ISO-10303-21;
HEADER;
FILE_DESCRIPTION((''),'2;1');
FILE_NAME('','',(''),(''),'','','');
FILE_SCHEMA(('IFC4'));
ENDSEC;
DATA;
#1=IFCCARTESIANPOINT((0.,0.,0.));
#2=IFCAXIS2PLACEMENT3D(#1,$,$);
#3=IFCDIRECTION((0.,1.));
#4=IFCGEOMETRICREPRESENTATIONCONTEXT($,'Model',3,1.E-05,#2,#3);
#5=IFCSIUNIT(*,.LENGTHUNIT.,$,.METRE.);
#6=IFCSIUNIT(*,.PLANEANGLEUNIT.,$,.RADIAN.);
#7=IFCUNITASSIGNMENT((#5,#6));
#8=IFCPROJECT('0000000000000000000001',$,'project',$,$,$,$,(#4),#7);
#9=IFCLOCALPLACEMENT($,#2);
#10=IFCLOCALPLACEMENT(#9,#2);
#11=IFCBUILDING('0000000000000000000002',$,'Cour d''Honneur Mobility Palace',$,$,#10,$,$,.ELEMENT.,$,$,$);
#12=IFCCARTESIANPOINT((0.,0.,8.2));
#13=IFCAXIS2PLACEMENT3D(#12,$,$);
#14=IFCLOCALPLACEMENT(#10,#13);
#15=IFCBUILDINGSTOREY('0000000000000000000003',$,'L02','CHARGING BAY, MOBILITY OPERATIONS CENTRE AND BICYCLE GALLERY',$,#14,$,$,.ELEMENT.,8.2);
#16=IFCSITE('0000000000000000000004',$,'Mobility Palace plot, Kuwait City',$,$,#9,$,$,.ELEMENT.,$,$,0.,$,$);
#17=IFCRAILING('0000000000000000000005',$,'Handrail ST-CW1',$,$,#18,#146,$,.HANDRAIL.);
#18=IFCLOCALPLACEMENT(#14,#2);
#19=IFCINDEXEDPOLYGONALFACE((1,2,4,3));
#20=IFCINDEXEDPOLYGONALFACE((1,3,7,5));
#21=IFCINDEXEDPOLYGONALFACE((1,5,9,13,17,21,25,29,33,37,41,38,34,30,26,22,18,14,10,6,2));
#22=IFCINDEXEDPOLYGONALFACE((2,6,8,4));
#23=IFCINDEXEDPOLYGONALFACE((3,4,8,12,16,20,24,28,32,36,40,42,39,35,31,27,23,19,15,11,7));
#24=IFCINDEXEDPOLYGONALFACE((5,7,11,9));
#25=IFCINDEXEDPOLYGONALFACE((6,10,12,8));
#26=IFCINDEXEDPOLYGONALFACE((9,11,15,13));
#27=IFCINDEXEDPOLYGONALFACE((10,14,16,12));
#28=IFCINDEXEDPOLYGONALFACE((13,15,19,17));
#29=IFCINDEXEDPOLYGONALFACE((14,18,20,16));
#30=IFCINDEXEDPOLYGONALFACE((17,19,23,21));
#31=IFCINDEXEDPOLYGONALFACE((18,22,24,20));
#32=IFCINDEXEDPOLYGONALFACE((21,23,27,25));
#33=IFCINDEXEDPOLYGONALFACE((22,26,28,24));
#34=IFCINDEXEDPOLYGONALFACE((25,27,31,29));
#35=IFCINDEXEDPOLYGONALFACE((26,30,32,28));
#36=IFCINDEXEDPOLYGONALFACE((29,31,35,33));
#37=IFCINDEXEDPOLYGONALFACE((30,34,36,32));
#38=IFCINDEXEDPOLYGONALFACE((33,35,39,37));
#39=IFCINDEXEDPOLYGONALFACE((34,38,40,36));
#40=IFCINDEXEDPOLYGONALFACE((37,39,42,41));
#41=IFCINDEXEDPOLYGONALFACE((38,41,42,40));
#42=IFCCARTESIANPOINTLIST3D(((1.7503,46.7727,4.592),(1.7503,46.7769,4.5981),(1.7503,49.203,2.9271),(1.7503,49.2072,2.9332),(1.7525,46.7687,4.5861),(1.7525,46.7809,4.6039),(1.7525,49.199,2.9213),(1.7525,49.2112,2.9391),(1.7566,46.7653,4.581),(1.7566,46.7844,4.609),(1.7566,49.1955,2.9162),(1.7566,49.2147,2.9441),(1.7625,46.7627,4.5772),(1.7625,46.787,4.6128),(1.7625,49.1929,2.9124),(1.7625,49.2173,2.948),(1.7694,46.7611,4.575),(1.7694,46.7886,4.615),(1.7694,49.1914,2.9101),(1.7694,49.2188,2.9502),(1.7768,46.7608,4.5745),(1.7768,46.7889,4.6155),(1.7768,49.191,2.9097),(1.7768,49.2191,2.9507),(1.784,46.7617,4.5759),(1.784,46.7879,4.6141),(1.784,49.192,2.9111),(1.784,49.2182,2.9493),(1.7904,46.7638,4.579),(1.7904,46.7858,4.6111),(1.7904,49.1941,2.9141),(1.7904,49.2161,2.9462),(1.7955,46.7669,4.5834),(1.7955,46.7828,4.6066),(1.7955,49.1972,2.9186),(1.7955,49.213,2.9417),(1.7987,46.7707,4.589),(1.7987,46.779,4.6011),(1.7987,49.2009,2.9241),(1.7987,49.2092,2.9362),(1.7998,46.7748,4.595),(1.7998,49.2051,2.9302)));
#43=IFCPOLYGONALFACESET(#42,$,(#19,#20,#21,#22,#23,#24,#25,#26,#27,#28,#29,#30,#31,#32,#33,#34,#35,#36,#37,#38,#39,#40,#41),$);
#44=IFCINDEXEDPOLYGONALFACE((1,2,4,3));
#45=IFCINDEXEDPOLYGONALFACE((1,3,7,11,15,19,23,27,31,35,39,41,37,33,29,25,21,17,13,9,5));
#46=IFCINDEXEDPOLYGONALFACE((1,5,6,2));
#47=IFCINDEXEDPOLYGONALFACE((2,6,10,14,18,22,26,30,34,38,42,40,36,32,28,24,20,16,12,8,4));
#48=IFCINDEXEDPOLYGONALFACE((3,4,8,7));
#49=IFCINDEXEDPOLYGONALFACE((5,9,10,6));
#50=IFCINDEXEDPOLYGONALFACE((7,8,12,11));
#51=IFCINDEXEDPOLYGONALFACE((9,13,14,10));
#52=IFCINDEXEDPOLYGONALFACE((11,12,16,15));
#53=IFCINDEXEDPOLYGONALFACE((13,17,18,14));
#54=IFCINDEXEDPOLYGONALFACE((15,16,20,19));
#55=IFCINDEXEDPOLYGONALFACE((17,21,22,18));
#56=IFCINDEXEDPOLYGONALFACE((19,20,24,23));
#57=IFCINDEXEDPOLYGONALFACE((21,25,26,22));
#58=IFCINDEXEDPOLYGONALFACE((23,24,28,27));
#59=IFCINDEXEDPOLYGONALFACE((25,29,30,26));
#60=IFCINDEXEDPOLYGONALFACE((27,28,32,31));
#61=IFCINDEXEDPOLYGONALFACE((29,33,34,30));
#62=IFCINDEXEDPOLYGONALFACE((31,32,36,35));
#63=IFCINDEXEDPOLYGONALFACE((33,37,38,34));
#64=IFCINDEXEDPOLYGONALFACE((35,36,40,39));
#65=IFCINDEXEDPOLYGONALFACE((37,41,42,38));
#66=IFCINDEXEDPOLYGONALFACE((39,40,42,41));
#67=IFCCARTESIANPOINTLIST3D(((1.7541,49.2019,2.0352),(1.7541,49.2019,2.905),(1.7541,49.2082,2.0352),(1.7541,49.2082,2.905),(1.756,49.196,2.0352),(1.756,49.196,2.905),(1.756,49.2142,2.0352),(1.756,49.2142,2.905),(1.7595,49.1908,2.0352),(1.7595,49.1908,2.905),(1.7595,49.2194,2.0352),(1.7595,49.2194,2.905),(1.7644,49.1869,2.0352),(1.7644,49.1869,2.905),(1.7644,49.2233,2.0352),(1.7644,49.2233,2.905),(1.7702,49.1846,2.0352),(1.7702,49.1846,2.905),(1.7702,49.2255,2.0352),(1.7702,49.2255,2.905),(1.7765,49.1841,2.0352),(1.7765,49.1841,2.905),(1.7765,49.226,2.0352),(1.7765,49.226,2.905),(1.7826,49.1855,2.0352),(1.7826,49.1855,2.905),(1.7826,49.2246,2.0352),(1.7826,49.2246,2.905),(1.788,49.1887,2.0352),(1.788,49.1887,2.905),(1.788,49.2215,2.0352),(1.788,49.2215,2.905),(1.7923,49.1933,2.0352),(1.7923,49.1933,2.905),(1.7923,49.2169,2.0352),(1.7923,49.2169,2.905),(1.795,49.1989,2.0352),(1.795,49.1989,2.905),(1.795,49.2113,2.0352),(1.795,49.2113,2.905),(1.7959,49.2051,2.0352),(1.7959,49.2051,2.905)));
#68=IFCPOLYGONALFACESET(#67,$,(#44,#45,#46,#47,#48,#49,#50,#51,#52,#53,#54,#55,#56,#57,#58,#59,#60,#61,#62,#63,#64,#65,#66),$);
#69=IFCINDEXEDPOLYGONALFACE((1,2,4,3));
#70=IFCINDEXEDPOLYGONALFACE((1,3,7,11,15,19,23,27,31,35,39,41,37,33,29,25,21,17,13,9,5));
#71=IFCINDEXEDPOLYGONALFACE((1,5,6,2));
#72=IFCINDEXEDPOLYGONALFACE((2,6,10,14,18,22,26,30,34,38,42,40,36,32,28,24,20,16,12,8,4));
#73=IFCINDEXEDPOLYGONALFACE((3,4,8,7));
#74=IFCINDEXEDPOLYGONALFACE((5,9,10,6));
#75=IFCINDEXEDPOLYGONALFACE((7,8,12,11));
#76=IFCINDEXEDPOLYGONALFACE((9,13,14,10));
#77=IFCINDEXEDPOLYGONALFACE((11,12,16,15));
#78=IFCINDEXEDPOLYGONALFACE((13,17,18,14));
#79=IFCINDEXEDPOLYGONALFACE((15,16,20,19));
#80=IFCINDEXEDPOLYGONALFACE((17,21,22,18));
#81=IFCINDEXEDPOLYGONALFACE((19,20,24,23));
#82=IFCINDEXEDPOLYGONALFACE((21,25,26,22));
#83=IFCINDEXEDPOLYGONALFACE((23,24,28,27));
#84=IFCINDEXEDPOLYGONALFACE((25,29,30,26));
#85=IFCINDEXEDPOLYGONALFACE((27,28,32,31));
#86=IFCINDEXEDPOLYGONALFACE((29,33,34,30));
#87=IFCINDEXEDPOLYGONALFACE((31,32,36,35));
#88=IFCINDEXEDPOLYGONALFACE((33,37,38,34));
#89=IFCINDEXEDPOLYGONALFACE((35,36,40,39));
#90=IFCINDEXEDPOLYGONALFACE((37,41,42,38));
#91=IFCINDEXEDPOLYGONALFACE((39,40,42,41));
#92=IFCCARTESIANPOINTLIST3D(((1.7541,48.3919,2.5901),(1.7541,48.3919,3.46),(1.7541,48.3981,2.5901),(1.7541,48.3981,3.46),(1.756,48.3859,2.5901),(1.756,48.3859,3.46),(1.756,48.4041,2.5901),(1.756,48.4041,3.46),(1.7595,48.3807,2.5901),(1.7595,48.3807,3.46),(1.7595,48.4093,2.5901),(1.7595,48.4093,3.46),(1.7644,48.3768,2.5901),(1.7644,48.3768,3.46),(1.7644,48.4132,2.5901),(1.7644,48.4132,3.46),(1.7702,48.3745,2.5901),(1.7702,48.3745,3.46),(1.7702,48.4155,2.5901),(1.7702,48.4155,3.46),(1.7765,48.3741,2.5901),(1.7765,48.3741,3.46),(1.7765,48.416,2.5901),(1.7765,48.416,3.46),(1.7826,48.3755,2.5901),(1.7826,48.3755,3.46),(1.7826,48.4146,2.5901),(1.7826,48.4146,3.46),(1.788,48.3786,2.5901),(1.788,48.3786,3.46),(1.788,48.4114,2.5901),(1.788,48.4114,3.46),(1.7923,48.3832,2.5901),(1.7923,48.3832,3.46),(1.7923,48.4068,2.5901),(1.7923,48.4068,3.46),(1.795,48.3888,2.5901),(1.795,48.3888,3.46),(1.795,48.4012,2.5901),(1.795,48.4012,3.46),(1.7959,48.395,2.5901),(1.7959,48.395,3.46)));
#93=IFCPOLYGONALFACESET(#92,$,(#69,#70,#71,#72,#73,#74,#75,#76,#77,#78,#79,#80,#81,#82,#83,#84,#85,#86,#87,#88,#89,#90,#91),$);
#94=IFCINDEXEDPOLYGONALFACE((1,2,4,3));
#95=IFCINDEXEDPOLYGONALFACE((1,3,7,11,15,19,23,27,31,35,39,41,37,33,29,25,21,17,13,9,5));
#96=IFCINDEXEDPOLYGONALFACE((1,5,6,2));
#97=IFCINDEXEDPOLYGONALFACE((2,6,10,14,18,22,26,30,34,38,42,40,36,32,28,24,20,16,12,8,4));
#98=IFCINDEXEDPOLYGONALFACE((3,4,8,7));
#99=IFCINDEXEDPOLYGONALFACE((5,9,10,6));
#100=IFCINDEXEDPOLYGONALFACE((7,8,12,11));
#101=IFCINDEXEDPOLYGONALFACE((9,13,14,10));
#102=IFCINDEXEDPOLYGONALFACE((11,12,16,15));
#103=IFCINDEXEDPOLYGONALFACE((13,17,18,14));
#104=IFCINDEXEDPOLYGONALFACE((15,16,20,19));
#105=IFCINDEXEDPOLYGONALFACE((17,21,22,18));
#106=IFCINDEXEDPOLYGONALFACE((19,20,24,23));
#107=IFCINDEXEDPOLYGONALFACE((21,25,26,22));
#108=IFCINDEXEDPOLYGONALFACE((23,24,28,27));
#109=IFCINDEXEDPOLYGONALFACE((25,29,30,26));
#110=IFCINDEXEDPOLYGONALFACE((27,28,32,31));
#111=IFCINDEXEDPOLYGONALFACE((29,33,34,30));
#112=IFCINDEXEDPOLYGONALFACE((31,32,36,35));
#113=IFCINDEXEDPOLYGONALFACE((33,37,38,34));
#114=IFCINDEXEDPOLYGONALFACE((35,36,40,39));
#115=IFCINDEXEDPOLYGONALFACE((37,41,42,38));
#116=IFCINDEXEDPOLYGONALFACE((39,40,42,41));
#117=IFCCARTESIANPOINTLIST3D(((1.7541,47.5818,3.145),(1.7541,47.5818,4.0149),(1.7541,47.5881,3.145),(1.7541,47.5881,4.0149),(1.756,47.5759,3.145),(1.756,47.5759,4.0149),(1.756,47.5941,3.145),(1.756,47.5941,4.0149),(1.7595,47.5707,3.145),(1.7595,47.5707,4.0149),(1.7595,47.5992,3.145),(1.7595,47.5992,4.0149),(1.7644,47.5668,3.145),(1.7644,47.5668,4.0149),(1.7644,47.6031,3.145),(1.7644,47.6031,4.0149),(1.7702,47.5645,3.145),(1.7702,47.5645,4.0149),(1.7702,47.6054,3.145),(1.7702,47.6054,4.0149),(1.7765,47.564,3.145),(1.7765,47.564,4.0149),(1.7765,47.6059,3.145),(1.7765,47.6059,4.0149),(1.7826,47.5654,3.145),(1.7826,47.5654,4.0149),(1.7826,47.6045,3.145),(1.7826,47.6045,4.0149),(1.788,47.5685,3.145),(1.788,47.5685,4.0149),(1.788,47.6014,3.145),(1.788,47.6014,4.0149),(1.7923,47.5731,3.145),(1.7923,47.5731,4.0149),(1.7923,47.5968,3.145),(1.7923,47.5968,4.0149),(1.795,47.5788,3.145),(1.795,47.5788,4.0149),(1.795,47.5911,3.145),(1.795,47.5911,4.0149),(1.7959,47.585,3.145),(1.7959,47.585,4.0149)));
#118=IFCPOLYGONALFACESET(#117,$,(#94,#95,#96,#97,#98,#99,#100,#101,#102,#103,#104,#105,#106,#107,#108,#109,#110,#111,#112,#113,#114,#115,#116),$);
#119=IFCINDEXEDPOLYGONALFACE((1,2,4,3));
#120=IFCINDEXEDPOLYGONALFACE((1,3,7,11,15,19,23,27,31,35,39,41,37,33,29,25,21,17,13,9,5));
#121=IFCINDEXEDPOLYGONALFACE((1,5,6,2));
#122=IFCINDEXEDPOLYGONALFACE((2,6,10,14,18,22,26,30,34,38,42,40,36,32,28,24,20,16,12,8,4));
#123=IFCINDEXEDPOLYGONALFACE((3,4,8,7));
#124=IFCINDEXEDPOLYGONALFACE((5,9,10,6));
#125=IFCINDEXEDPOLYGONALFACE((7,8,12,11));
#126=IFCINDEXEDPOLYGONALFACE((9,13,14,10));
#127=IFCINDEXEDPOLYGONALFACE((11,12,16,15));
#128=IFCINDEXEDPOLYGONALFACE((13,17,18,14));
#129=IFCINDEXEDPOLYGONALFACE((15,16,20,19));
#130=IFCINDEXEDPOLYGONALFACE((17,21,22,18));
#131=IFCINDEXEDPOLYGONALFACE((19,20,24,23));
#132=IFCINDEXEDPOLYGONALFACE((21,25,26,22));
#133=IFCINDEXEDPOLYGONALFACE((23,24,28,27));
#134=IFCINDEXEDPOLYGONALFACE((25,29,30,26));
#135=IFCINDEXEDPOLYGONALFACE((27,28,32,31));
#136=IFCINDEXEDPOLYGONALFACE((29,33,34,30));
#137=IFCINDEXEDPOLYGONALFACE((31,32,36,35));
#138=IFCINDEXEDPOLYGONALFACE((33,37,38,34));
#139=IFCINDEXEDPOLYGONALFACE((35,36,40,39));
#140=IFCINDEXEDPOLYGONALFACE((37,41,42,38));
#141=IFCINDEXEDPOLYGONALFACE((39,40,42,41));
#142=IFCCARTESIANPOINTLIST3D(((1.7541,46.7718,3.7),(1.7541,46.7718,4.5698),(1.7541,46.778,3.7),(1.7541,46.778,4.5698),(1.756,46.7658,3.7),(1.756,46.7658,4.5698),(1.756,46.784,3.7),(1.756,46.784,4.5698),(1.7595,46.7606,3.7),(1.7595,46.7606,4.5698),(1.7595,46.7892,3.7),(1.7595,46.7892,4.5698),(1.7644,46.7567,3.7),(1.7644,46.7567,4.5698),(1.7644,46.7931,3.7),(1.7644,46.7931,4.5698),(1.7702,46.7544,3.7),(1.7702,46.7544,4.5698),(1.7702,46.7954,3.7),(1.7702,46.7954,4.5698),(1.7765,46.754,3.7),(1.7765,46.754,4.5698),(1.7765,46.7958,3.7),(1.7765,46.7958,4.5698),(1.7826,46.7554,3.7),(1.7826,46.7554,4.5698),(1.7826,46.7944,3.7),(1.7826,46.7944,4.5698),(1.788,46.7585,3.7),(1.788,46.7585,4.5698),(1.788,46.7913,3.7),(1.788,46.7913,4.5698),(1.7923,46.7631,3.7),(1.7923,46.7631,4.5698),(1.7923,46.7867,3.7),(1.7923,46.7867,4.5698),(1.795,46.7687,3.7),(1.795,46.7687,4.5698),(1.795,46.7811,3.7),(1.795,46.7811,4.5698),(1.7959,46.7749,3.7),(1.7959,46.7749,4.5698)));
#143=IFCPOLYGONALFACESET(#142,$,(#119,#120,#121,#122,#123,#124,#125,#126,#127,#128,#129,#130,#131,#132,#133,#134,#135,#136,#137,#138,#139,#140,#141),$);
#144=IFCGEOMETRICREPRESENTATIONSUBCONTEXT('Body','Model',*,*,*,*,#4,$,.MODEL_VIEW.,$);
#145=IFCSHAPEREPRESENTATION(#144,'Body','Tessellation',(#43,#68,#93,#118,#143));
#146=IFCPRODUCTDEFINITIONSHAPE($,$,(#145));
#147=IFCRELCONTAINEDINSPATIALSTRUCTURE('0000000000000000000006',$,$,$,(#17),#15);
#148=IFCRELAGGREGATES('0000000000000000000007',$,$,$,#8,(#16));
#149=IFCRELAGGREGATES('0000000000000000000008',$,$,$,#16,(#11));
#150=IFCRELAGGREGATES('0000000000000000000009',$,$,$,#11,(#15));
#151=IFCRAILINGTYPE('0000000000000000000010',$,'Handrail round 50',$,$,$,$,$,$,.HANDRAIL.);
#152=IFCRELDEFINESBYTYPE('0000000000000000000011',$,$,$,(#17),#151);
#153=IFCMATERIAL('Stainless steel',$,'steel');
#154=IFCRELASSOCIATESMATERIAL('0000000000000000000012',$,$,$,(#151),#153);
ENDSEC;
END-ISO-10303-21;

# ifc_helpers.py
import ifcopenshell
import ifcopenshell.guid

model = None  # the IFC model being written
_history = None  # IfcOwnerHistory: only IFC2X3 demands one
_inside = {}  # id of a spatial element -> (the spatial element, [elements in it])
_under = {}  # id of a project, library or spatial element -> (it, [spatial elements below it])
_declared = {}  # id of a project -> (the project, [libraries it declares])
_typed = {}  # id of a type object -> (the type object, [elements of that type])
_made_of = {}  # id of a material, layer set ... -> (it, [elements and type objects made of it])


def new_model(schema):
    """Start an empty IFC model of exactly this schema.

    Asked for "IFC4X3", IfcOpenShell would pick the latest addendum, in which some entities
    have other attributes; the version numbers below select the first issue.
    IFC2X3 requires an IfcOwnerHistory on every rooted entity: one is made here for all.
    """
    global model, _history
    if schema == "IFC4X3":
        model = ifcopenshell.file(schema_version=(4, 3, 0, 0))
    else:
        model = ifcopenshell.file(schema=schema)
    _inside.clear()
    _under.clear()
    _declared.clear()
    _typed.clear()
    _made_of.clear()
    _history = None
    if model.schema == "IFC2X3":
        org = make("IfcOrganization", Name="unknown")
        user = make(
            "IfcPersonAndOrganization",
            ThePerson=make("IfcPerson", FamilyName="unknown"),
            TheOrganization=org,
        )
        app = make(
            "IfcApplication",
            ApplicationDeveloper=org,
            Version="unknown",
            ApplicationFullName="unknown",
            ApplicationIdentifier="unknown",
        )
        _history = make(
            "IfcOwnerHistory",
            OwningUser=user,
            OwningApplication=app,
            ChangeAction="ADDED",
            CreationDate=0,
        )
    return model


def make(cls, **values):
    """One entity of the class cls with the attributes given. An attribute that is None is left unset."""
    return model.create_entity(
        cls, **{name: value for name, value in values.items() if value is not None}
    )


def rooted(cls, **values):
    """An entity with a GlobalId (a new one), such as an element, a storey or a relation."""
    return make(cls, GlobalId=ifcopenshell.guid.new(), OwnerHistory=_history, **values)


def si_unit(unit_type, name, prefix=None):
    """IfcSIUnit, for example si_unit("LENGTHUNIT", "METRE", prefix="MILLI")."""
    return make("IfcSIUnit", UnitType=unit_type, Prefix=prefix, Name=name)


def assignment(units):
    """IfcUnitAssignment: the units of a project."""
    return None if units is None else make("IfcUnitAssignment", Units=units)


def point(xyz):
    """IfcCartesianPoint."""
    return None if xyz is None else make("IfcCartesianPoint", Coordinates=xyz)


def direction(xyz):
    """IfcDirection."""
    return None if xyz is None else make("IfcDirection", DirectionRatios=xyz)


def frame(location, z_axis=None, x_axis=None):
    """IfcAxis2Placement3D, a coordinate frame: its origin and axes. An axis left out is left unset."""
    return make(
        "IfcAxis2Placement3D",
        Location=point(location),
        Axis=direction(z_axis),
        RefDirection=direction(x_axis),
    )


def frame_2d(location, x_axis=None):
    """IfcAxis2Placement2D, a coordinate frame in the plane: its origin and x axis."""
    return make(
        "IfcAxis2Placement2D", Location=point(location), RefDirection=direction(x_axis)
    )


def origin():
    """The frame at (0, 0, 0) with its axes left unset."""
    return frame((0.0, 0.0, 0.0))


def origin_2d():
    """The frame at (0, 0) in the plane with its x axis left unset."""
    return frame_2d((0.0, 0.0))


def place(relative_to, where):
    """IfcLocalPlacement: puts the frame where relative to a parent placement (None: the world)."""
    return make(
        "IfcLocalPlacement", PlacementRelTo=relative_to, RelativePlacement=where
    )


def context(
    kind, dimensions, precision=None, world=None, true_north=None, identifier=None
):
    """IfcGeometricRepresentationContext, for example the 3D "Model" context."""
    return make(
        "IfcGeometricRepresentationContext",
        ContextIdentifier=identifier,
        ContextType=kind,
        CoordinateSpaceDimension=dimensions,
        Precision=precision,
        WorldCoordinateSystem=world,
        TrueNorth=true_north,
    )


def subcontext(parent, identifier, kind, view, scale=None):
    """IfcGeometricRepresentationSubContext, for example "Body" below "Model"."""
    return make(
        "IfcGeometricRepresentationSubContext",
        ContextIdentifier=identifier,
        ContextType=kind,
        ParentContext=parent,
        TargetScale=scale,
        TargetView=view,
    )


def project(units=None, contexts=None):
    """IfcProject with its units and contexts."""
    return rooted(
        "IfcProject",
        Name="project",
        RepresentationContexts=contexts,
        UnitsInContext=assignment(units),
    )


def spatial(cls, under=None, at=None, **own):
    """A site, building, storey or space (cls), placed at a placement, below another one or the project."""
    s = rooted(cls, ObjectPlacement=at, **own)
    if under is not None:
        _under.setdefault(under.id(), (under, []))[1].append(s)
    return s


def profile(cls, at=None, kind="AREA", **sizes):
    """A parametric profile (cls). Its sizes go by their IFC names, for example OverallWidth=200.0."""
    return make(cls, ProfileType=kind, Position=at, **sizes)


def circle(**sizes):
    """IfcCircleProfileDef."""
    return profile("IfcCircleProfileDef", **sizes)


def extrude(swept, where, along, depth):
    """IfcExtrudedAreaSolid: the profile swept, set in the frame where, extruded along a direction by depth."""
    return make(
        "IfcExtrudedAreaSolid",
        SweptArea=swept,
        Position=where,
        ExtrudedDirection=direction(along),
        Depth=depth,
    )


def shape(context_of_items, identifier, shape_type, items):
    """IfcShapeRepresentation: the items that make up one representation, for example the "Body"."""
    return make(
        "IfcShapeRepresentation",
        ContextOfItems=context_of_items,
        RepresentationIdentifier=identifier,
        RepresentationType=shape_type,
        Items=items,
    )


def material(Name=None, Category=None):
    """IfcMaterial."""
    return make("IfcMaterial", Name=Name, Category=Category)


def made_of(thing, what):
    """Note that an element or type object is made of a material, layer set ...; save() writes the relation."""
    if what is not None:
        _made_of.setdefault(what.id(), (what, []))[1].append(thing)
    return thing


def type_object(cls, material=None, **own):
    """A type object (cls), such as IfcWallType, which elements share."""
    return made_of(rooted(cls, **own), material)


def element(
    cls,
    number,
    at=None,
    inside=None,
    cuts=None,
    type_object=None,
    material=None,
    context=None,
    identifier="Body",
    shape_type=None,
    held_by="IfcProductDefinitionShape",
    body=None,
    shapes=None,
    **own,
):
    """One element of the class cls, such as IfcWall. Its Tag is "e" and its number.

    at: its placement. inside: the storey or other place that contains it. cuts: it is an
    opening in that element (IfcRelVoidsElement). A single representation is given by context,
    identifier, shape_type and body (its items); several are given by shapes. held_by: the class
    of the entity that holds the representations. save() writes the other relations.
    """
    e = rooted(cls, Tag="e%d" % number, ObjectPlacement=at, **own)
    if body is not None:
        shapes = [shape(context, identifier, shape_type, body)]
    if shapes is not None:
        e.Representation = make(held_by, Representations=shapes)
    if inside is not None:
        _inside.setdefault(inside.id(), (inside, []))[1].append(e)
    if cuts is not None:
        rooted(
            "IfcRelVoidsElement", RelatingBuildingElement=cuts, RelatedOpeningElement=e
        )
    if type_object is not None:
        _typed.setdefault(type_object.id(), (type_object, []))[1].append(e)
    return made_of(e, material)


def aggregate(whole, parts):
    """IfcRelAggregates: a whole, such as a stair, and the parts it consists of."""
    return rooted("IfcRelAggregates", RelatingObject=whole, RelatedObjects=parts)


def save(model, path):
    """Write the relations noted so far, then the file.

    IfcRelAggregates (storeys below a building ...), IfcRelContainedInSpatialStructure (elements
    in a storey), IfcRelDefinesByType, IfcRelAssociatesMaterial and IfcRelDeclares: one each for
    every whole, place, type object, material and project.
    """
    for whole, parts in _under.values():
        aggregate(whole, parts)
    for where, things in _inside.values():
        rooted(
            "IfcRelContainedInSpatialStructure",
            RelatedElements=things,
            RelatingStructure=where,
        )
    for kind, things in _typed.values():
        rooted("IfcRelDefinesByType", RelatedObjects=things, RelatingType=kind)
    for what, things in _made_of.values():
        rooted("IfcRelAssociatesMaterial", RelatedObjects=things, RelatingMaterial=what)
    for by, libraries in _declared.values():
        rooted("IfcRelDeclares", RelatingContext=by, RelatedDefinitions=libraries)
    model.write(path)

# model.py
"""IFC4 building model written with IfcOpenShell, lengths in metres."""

from ifc_helpers import new_model, si_unit, direction, frame, origin, origin_2d, place, context, subcontext, project, spatial, circle, extrude, material, type_object, element, save


model = new_model("IFC4")

# Units and contexts
model_context = context("Model", 3, precision=1e-05, world=origin(), true_north=direction((0.0, 1.0)))
body_context = subcontext(model_context, "Body", "Model", "MODEL_VIEW")
ifc_project = project(units=[si_unit("LENGTHUNIT", "METRE"), si_unit("PLANEANGLEUNIT", "RADIAN")], contexts=[model_context])

# Site, building, storey
site_placement = place(None, origin())
site = spatial("IfcSite", under=ifc_project, at=site_placement, Name="Mobility Palace plot, Kuwait City", CompositionType="ELEMENT", RefElevation=0.0)
building_placement = place(site_placement, origin())
building = spatial("IfcBuilding", under=site, at=building_placement, Name="Cour d'Honneur Mobility Palace", CompositionType="ELEMENT")
storey_placement = place(building_placement, frame((0.0, 0.0, 8.2)))
storey = spatial("IfcBuildingStorey", under=building, at=storey_placement, Name="L02", Description="CHARGING BAY, MOBILITY OPERATIONS CENTRE AND BICYCLE GALLERY", CompositionType="ELEMENT", Elevation=8.2)

# Railing
ifc_material_1 = material(Name="Stainless steel", Category="steel")
railing_type_1 = type_object("IfcRailingType", Name="Handrail round 50", PredefinedType="HANDRAIL", material=ifc_material_1)
railing_1_placement = place(storey_placement, frame((1.7749, 49.2051, 2.0352)))
element("IfcRailing", 1, at=railing_1_placement, inside=storey, type_object=railing_type_1, Name="Handrail ST-CW1", PredefinedType="HANDRAIL", context=body_context, shape_type="SweptSolid", body=[
    extrude(circle(Radius=0.0249, at=origin_2d()), frame((0.0, 0.0, 0.895), z_axis=(0.0, -0.824984, 0.565156), x_axis=(1.0, 0.0, 0.0)), (0.0, 0.0, 1.0), 2.9458),
    extrude(circle(Radius=0.021, at=origin_2d()), origin(), (0.0, 0.0, 1.0), 0.8699),
    extrude(circle(Radius=0.021, at=origin_2d()), frame((0.0, -0.8101, 0.5549)), (0.0, 0.0, 1.0), 0.8699),
    extrude(circle(Radius=0.021, at=origin_2d()), frame((0.0, -1.6201, 1.1099)), (0.0, 0.0, 1.0), 0.8699),
    extrude(circle(Radius=0.021, at=origin_2d()), frame((0.0, -2.4302, 1.6648)), (0.0, 0.0, 1.0), 0.8699),
])

save(model, "model.ifc")
